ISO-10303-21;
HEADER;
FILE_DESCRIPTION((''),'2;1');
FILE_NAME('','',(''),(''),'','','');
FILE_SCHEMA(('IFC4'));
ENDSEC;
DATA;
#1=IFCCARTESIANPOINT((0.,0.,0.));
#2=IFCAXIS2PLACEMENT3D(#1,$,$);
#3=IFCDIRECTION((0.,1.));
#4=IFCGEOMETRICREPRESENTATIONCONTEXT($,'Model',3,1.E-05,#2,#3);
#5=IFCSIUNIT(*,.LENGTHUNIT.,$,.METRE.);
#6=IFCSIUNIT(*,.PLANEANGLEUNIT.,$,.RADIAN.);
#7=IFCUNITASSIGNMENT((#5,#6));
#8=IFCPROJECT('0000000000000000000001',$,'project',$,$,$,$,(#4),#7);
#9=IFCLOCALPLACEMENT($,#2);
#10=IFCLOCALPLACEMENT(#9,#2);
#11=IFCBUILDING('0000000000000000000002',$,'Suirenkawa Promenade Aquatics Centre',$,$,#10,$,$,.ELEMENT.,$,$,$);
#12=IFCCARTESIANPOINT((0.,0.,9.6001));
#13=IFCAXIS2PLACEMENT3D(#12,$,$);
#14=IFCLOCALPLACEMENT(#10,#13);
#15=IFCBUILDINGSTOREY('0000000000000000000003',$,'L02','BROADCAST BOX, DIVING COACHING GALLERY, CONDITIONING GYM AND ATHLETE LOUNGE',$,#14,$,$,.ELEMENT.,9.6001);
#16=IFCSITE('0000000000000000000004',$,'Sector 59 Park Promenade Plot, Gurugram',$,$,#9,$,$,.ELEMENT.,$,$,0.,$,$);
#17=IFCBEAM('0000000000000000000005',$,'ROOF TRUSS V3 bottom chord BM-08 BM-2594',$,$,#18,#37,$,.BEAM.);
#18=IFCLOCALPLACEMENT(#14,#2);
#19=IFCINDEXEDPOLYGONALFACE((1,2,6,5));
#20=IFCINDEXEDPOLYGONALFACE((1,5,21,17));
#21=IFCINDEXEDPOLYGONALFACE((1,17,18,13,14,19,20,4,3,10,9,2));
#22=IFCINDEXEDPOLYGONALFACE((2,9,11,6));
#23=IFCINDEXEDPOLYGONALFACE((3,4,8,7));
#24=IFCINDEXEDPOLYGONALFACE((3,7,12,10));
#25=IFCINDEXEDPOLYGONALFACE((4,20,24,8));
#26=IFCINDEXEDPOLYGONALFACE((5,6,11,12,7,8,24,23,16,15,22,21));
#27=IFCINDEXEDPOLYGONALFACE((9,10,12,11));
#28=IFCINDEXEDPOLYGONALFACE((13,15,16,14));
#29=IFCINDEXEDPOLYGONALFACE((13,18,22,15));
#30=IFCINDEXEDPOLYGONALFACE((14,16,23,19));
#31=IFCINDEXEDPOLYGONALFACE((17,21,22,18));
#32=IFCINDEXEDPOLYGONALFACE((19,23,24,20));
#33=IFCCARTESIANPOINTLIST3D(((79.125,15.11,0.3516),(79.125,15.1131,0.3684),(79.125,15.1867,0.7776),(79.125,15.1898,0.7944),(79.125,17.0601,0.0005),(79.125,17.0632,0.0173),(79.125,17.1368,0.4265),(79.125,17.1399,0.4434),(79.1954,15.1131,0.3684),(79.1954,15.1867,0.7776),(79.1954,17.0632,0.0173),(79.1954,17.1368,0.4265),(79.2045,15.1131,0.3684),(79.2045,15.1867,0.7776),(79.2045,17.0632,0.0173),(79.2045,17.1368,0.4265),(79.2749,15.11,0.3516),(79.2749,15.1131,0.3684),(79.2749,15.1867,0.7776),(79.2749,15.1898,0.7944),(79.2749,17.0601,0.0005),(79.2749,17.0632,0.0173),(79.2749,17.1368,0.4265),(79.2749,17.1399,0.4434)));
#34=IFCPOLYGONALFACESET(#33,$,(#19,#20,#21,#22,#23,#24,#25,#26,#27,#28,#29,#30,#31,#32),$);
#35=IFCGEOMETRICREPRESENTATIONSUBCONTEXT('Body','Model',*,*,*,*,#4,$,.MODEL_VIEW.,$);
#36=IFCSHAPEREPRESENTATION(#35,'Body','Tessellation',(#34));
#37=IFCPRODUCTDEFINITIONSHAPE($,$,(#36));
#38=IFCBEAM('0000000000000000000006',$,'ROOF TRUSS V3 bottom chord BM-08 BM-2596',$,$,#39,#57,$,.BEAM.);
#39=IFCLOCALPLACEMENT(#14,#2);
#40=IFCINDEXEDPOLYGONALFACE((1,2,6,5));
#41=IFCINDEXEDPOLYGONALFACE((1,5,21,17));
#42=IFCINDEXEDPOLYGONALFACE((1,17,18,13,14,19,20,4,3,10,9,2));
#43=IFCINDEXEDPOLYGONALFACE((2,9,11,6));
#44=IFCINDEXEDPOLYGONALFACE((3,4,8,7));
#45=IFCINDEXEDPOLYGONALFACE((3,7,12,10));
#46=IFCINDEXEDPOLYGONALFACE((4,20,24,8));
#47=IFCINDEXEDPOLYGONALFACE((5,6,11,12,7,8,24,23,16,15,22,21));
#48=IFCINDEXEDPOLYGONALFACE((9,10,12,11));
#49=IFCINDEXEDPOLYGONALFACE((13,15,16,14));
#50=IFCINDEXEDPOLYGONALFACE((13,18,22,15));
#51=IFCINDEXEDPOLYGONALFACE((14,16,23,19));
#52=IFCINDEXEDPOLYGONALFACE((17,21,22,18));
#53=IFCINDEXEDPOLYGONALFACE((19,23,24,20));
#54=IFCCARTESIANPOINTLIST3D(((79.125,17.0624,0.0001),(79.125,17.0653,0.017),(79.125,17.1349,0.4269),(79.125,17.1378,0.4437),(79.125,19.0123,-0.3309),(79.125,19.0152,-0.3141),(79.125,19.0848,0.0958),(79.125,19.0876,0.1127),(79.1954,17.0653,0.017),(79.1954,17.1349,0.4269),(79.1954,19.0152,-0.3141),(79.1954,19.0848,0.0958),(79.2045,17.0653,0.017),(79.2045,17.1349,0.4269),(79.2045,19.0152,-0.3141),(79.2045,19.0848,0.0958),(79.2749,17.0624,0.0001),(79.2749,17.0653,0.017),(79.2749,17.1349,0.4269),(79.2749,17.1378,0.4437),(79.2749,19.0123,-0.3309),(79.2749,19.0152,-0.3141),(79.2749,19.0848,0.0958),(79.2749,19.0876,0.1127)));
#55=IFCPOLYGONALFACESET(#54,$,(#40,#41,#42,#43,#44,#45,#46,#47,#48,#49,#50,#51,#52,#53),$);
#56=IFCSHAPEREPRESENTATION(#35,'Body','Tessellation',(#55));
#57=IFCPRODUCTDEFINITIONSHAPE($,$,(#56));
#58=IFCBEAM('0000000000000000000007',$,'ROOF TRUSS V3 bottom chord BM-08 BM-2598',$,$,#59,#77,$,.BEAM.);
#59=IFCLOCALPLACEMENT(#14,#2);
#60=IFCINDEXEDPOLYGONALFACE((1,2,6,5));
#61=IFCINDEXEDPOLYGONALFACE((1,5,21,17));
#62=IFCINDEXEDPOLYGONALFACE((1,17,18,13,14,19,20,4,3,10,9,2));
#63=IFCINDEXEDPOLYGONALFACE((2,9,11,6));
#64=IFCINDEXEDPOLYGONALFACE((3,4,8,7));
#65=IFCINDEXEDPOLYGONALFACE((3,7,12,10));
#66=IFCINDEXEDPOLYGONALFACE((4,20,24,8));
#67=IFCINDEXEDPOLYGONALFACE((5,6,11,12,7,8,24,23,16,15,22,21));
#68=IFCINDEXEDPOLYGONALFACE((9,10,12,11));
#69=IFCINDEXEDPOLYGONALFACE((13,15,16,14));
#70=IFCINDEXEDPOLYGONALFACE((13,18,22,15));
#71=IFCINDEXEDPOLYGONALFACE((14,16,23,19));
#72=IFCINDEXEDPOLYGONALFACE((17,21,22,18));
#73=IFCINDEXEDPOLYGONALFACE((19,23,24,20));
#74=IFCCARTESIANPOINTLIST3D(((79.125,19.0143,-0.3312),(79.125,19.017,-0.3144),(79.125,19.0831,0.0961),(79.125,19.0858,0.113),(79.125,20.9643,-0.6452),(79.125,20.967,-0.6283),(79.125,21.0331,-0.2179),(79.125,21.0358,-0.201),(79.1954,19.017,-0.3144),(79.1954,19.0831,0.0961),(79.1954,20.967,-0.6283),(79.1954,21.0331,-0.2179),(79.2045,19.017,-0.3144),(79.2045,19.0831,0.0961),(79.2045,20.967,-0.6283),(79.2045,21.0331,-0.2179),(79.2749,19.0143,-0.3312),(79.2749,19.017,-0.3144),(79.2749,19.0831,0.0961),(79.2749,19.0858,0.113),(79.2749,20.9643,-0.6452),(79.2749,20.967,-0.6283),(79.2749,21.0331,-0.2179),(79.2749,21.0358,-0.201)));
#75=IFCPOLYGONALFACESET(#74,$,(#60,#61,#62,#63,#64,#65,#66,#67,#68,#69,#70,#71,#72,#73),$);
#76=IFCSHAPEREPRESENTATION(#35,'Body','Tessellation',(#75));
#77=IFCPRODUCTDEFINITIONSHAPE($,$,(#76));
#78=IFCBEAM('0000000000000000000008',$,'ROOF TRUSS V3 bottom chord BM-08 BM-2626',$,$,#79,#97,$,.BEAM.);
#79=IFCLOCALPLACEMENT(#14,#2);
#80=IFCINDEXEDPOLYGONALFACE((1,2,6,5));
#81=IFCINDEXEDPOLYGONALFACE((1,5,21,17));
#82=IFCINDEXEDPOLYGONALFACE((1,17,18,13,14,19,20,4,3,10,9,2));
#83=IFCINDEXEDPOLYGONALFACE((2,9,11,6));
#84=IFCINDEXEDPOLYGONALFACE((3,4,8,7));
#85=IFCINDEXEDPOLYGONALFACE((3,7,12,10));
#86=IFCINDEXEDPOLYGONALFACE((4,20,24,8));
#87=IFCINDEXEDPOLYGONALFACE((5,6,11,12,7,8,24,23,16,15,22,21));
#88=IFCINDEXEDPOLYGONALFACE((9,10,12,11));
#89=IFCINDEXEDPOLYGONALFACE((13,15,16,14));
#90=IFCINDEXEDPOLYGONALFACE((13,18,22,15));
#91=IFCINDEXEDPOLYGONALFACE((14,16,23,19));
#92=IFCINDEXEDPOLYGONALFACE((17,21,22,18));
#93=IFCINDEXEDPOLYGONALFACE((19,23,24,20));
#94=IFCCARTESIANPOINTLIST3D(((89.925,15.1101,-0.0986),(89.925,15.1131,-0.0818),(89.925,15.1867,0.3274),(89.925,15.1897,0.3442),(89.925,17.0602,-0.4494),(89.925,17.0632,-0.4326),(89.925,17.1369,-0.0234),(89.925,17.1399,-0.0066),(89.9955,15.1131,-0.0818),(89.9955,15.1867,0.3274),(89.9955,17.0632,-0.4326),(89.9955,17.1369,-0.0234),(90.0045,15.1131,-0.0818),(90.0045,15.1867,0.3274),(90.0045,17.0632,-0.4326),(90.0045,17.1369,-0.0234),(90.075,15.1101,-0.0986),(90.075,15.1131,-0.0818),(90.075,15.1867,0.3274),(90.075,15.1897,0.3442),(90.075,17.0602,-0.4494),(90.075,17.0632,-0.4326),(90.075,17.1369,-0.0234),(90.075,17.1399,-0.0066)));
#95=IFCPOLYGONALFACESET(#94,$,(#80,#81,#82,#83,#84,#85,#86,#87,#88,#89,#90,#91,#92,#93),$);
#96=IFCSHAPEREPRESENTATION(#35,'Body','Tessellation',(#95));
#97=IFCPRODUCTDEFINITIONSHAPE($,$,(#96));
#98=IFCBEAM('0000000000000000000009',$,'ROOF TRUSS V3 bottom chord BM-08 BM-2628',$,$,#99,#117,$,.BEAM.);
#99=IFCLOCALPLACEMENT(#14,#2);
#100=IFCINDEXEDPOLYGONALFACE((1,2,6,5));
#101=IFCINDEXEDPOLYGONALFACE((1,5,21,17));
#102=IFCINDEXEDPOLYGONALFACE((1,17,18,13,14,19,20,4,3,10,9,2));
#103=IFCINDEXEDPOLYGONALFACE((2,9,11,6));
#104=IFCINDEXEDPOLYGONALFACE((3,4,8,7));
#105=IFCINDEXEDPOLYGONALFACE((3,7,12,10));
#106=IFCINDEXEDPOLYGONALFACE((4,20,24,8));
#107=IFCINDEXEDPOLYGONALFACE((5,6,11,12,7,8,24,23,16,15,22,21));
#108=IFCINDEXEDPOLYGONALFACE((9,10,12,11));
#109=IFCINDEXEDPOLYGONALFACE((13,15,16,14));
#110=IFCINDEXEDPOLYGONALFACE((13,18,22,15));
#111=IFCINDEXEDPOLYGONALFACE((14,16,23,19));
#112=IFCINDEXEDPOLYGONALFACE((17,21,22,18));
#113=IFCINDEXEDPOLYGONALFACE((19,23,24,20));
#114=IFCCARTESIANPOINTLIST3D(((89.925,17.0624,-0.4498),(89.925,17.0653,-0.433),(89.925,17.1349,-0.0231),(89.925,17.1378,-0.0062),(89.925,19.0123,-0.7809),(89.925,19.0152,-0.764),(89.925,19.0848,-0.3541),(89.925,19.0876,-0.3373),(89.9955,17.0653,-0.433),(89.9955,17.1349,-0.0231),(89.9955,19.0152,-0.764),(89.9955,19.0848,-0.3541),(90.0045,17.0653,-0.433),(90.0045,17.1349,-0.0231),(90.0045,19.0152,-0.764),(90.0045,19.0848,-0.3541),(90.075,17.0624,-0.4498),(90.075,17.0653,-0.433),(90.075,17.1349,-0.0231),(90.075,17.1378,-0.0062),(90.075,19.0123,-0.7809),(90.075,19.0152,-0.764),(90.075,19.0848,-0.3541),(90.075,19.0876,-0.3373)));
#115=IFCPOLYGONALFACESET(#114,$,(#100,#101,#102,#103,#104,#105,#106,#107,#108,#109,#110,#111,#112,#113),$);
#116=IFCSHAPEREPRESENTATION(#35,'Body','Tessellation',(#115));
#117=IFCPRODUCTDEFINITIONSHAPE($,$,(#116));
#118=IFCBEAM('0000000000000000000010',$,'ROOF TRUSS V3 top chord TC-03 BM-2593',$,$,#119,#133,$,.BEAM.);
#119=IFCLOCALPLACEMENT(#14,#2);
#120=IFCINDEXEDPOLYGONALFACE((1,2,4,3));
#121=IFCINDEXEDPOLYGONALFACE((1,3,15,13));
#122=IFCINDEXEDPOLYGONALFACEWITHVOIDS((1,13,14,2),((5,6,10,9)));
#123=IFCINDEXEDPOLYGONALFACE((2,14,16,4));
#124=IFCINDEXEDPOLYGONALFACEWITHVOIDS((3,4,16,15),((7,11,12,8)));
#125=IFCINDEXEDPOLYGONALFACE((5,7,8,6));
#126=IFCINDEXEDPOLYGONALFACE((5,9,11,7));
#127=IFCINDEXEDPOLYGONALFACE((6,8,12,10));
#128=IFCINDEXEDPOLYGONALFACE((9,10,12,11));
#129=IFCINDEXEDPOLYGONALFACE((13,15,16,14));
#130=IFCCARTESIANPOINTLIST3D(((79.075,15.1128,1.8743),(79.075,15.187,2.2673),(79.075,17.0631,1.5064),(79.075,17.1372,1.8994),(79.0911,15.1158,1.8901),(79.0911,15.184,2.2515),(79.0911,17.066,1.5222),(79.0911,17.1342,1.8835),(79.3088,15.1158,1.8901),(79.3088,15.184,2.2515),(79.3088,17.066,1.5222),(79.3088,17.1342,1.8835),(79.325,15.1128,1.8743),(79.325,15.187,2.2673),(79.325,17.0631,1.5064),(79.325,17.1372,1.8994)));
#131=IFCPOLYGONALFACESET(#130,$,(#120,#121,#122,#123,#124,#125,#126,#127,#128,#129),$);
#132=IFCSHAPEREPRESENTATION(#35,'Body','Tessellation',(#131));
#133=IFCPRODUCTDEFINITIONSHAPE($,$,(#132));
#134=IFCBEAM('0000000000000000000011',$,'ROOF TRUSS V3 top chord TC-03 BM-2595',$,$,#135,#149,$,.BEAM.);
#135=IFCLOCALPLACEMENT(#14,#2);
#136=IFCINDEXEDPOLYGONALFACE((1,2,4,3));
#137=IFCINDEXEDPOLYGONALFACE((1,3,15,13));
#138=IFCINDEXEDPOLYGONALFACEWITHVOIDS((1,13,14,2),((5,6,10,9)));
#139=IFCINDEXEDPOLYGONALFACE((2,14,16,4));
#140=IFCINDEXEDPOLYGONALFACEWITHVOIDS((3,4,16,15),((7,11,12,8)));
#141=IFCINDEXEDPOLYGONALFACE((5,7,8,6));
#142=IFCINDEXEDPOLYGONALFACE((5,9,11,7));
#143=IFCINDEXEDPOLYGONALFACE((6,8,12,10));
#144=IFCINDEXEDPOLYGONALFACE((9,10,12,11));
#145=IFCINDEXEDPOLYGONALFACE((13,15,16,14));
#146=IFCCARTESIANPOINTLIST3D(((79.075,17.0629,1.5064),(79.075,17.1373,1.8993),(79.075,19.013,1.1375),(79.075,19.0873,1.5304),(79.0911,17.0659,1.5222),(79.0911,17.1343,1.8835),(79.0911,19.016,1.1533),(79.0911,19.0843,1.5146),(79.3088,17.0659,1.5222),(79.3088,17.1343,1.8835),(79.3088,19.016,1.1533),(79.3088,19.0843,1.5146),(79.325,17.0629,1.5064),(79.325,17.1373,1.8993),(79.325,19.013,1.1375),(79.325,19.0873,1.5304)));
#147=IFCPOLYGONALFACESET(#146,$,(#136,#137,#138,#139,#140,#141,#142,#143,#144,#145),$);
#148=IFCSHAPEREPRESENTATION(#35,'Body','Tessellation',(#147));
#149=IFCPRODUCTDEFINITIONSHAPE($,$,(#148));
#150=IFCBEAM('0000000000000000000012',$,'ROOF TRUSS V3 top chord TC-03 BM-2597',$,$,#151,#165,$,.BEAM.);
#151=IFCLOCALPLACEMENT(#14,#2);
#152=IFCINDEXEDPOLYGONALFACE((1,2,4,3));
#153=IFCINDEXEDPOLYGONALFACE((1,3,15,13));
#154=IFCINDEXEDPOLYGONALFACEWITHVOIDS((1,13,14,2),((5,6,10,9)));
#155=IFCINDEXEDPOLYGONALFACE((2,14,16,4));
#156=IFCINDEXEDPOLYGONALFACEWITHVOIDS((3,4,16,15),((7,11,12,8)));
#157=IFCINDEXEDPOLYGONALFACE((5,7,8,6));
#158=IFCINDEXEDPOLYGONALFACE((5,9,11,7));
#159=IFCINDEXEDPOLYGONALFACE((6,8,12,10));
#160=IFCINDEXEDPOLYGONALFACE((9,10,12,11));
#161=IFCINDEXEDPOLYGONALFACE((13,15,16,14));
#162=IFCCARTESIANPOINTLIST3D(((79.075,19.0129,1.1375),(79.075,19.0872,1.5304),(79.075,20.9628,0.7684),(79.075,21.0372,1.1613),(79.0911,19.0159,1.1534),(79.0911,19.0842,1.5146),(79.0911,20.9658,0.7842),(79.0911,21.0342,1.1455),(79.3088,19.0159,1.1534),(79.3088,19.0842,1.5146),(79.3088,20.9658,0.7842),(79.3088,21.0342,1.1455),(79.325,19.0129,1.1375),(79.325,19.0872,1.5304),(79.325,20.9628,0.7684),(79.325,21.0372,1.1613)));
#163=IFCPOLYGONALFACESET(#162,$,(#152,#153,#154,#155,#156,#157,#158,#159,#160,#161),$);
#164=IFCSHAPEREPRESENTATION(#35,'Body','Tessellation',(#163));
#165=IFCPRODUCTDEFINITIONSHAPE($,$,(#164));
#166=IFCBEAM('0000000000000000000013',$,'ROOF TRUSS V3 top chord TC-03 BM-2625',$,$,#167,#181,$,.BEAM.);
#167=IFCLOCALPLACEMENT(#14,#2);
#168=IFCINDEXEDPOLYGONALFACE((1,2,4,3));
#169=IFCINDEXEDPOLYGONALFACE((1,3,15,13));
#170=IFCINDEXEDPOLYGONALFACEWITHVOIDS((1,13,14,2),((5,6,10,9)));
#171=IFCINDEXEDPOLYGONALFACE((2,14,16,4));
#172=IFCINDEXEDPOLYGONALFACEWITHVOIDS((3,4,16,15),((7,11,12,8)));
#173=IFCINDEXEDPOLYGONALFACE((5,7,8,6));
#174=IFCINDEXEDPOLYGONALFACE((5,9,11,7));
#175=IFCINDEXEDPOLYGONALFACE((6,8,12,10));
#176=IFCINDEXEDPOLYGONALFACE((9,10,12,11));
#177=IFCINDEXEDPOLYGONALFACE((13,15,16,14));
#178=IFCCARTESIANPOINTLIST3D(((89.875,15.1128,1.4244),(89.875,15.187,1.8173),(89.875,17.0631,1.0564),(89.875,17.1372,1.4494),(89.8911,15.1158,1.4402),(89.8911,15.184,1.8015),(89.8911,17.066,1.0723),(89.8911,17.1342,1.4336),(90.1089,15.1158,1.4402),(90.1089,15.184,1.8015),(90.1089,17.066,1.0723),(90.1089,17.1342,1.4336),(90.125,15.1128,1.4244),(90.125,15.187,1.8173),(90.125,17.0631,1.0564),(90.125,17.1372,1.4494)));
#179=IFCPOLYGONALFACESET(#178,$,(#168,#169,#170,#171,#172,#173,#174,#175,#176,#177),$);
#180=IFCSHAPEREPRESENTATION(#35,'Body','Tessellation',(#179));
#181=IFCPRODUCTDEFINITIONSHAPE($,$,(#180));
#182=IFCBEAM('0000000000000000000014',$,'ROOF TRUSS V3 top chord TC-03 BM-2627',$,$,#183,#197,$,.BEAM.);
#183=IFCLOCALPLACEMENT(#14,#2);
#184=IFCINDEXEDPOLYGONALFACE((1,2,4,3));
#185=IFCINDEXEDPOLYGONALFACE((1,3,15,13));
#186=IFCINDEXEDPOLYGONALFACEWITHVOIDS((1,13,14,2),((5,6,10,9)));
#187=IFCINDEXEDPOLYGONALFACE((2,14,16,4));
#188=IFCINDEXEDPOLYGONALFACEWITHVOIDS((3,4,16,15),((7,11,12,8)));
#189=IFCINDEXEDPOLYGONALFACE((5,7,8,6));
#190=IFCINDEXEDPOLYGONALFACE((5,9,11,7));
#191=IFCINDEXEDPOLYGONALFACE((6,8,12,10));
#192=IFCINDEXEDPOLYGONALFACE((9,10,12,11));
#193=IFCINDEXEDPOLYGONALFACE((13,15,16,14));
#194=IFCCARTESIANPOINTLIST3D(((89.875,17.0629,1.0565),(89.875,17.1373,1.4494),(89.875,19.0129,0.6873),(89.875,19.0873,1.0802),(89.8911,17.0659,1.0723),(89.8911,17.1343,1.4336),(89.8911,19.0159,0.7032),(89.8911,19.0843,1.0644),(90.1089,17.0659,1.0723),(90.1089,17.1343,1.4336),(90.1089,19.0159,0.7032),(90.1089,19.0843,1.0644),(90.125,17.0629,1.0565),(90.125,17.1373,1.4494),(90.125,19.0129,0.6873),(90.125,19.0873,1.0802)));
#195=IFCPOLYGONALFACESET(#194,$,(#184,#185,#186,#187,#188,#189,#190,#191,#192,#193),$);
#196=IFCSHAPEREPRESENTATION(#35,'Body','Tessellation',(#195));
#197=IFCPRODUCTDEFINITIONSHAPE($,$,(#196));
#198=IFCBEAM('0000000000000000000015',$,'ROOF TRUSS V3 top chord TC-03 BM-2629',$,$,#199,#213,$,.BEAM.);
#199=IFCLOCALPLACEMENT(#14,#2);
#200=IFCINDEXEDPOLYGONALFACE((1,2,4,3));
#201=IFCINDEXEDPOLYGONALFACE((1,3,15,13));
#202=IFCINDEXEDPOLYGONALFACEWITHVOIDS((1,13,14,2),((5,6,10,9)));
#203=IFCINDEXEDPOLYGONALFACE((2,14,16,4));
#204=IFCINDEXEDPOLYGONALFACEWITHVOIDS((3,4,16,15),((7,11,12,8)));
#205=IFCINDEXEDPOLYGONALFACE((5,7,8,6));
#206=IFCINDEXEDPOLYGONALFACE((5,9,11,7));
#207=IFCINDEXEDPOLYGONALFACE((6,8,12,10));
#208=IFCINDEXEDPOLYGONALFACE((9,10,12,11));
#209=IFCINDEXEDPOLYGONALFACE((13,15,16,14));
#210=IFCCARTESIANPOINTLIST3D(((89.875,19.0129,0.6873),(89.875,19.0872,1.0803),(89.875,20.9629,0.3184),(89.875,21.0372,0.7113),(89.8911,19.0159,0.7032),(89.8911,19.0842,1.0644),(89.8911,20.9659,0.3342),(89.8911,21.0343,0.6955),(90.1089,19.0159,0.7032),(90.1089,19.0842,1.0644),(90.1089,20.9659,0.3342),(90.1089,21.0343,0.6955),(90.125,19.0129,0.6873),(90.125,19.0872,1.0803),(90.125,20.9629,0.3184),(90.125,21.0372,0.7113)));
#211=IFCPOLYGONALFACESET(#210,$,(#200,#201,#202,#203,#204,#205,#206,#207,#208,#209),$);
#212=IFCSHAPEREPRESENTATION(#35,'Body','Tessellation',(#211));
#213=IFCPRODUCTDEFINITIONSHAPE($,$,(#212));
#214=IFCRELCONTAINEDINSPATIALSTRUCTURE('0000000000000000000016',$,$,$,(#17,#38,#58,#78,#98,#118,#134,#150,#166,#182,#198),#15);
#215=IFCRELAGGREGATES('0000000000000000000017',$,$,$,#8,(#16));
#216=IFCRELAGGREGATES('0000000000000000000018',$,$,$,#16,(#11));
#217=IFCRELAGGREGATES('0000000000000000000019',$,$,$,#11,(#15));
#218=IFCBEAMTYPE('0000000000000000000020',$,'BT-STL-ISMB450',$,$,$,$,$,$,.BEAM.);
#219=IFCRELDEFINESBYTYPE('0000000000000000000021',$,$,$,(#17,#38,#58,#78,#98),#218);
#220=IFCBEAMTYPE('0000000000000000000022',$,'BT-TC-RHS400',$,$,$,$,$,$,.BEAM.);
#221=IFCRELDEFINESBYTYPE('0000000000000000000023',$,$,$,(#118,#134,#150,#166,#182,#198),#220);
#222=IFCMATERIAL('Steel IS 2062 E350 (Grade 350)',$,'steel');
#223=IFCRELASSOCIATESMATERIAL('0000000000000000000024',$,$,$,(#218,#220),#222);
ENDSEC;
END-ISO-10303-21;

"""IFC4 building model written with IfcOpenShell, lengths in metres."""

from ifc_helpers import new_model, si_unit, direction, frame, origin, origin_2d, place, context, subcontext, project, spatial, hollow_rectangle, i_section, extrude, material, material_profile, profile_set, type_object, element, save


model = new_model("IFC4")

# Units and contexts
model_context = context("Model", 3, precision=1e-05, world=origin(), true_north=direction((0.0, 1.0)))
body_context = subcontext(model_context, "Body", "Model", "MODEL_VIEW")
ifc_project = project(units=[si_unit("LENGTHUNIT", "METRE"), si_unit("PLANEANGLEUNIT", "RADIAN")], contexts=[model_context])

# Site, building, storey
site_placement = place(None, origin())
site = spatial("IfcSite", under=ifc_project, at=site_placement, Name="Sector 59 Park Promenade Plot, Gurugram", CompositionType="ELEMENT", RefElevation=0.0)
building_placement = place(site_placement, origin())
building = spatial("IfcBuilding", under=site, at=building_placement, Name="Suirenkawa Promenade Aquatics Centre", CompositionType="ELEMENT")
storey_placement = place(building_placement, frame((0.0, 0.0, 9.6001)))
storey = spatial("IfcBuildingStorey", under=building, at=storey_placement, Name="L02", Description="BROADCAST BOX, DIVING COACHING GALLERY, CONDITIONING GYM AND ATHLETE LOUNGE", CompositionType="ELEMENT", Elevation=9.6001)

# Beams
ifc_material = material(Name="Steel IS 2062 E350 (Grade 350)", Category="steel")
ifc_material_profile_1 = material_profile(ifc_material, i_section(OverallWidth=0.1499, OverallDepth=0.45, WebThickness=0.009, FlangeThickness=0.0171, at=origin_2d()), Name="ISMB 450", Category="steel")
ifc_profile_set_1 = profile_set([ifc_material_profile_1], Name="Steel IS 2062 E350 (Grade 350)")
beam_type_1 = type_object("IfcBeamType", Name="BT-STL-ISMB450", PredefinedType="BEAM", material=ifc_profile_set_1)
beam_1_placement = place(storey_placement, frame((79.2, 15.1499, 0.573), z_axis=(0.0, 0.98418, -0.177172), x_axis=(-1.0, 0.0, 0.0)))
element("IfcBeam", 1, at=beam_1_placement, inside=storey, type_object=beam_type_1, Name="ROOF TRUSS V3 bottom chord BM-08 BM-2594", PredefinedType="BEAM", context=body_context, shape_type="SweptSolid", body=[
    extrude(i_section(OverallWidth=0.1499, OverallDepth=0.45, WebThickness=0.009, FlangeThickness=0.0171, at=origin_2d()), origin(), (0.0, 0.0, 1.0), 1.9814),
])
beam_2_placement = place(storey_placement, frame((79.2, 17.1001, 0.2219), z_axis=(0.0, 0.985892, -0.167381), x_axis=(-1.0, 0.0, 0.0)))
element("IfcBeam", 2, at=beam_2_placement, inside=storey, type_object=beam_type_1, Name="ROOF TRUSS V3 bottom chord BM-08 BM-2596", PredefinedType="BEAM", context=body_context, shape_type="SweptSolid", body=[
    extrude(i_section(OverallWidth=0.1499, OverallDepth=0.45, WebThickness=0.009, FlangeThickness=0.0171, at=origin_2d()), origin(), (0.0, 0.0, 1.0), 1.9778),
])
beam_3_placement = place(storey_placement, frame((79.2, 19.05, -0.1091), z_axis=(0.0, 0.987284, -0.158964), x_axis=(-1.0, 0.0, 0.0)))
element("IfcBeam", 3, at=beam_3_placement, inside=storey, type_object=beam_type_1, Name="ROOF TRUSS V3 bottom chord BM-08 BM-2598", PredefinedType="BEAM", context=body_context, shape_type="SweptSolid", body=[
    extrude(i_section(OverallWidth=0.1499, OverallDepth=0.45, WebThickness=0.009, FlangeThickness=0.0171, at=origin_2d()), origin(), (0.0, 0.0, 1.0), 1.9751),
])
beam_4_placement = place(storey_placement, frame((90.0, 15.1499, 0.1228), z_axis=(0.0, 0.984201, -0.177053), x_axis=(-1.0, 0.0, 0.0)))
element("IfcBeam", 4, at=beam_4_placement, inside=storey, type_object=beam_type_1, Name="ROOF TRUSS V3 bottom chord BM-08 BM-2626", PredefinedType="BEAM", context=body_context, shape_type="SweptSolid", body=[
    extrude(i_section(OverallWidth=0.1499, OverallDepth=0.45, WebThickness=0.009, FlangeThickness=0.0171, at=origin_2d()), origin(), (0.0, 0.0, 1.0), 1.9814),
])
beam_5_placement = place(storey_placement, frame((90.0, 17.1001, -0.228), z_axis=(0.0, 0.985892, -0.167381), x_axis=(-1.0, 0.0, 0.0)))
element("IfcBeam", 5, at=beam_5_placement, inside=storey, type_object=beam_type_1, Name="ROOF TRUSS V3 bottom chord BM-08 BM-2628", PredefinedType="BEAM", context=body_context, shape_type="SweptSolid", body=[
    extrude(i_section(OverallWidth=0.1499, OverallDepth=0.45, WebThickness=0.009, FlangeThickness=0.0171, at=origin_2d()), origin(), (0.0, 0.0, 1.0), 1.9778),
])
ifc_material_profile_2 = material_profile(ifc_material, hollow_rectangle(XDim=0.25, YDim=0.3999, WallThickness=0.0161, at=origin_2d()), Name="RHS 400x250x16", Category="steel")
ifc_profile_set_2 = profile_set([ifc_material_profile_2], Name="Steel IS 2062 E350 (Grade 350)")
beam_type_2 = type_object("IfcBeamType", Name="BT-TC-RHS400", PredefinedType="BEAM", material=ifc_profile_set_2)
for number, where, z_axis, x_axis, name in (
    (6, (79.2, 15.1499, 2.0708), (0.0, 0.982665, -0.185388), (-1.0, 0.0, 0.0), "ROOF TRUSS V3 top chord TC-03 BM-2593"),
    (7, (79.2, 17.1001, 1.7029), (0.0, 0.982571, -0.185885), (-1.0, 0.0, 0.0), "ROOF TRUSS V3 top chord TC-03 BM-2595"),
    (8, (79.2, 19.05, 1.334), (0.0, 0.982549, -0.186004), (-1.0, 0.0, 0.0), "ROOF TRUSS V3 top chord TC-03 BM-2597"),
    (9, (90.0, 15.1499, 1.6208), (0.0, 0.982665, -0.185388), (-1.0, 0.0, 0.0), "ROOF TRUSS V3 top chord TC-03 BM-2625"),
    (10, (90.0, 17.1001, 1.2529), (0.0, 0.982549, -0.186004), (-1.0, 0.0, 0.0), "ROOF TRUSS V3 top chord TC-03 BM-2627"),
    (11, (90.0, 19.05, 0.8838), (0.0, 0.982571, -0.185885), (-1.0, 0.0, 0.0), "ROOF TRUSS V3 top chord TC-03 BM-2629"),
):
    element("IfcBeam", number, at=place(storey_placement, frame(where, z_axis=z_axis, x_axis=x_axis)), inside=storey, type_object=beam_type_2, Name=name, PredefinedType="BEAM", context=body_context, shape_type="SweptSolid", body=[
        extrude(hollow_rectangle(XDim=0.25, YDim=0.3999, WallThickness=0.0161, at=origin_2d()), origin(), (0.0, 0.0, 1.0), 1.9846),
    ])

save(model, "model.ifc")
